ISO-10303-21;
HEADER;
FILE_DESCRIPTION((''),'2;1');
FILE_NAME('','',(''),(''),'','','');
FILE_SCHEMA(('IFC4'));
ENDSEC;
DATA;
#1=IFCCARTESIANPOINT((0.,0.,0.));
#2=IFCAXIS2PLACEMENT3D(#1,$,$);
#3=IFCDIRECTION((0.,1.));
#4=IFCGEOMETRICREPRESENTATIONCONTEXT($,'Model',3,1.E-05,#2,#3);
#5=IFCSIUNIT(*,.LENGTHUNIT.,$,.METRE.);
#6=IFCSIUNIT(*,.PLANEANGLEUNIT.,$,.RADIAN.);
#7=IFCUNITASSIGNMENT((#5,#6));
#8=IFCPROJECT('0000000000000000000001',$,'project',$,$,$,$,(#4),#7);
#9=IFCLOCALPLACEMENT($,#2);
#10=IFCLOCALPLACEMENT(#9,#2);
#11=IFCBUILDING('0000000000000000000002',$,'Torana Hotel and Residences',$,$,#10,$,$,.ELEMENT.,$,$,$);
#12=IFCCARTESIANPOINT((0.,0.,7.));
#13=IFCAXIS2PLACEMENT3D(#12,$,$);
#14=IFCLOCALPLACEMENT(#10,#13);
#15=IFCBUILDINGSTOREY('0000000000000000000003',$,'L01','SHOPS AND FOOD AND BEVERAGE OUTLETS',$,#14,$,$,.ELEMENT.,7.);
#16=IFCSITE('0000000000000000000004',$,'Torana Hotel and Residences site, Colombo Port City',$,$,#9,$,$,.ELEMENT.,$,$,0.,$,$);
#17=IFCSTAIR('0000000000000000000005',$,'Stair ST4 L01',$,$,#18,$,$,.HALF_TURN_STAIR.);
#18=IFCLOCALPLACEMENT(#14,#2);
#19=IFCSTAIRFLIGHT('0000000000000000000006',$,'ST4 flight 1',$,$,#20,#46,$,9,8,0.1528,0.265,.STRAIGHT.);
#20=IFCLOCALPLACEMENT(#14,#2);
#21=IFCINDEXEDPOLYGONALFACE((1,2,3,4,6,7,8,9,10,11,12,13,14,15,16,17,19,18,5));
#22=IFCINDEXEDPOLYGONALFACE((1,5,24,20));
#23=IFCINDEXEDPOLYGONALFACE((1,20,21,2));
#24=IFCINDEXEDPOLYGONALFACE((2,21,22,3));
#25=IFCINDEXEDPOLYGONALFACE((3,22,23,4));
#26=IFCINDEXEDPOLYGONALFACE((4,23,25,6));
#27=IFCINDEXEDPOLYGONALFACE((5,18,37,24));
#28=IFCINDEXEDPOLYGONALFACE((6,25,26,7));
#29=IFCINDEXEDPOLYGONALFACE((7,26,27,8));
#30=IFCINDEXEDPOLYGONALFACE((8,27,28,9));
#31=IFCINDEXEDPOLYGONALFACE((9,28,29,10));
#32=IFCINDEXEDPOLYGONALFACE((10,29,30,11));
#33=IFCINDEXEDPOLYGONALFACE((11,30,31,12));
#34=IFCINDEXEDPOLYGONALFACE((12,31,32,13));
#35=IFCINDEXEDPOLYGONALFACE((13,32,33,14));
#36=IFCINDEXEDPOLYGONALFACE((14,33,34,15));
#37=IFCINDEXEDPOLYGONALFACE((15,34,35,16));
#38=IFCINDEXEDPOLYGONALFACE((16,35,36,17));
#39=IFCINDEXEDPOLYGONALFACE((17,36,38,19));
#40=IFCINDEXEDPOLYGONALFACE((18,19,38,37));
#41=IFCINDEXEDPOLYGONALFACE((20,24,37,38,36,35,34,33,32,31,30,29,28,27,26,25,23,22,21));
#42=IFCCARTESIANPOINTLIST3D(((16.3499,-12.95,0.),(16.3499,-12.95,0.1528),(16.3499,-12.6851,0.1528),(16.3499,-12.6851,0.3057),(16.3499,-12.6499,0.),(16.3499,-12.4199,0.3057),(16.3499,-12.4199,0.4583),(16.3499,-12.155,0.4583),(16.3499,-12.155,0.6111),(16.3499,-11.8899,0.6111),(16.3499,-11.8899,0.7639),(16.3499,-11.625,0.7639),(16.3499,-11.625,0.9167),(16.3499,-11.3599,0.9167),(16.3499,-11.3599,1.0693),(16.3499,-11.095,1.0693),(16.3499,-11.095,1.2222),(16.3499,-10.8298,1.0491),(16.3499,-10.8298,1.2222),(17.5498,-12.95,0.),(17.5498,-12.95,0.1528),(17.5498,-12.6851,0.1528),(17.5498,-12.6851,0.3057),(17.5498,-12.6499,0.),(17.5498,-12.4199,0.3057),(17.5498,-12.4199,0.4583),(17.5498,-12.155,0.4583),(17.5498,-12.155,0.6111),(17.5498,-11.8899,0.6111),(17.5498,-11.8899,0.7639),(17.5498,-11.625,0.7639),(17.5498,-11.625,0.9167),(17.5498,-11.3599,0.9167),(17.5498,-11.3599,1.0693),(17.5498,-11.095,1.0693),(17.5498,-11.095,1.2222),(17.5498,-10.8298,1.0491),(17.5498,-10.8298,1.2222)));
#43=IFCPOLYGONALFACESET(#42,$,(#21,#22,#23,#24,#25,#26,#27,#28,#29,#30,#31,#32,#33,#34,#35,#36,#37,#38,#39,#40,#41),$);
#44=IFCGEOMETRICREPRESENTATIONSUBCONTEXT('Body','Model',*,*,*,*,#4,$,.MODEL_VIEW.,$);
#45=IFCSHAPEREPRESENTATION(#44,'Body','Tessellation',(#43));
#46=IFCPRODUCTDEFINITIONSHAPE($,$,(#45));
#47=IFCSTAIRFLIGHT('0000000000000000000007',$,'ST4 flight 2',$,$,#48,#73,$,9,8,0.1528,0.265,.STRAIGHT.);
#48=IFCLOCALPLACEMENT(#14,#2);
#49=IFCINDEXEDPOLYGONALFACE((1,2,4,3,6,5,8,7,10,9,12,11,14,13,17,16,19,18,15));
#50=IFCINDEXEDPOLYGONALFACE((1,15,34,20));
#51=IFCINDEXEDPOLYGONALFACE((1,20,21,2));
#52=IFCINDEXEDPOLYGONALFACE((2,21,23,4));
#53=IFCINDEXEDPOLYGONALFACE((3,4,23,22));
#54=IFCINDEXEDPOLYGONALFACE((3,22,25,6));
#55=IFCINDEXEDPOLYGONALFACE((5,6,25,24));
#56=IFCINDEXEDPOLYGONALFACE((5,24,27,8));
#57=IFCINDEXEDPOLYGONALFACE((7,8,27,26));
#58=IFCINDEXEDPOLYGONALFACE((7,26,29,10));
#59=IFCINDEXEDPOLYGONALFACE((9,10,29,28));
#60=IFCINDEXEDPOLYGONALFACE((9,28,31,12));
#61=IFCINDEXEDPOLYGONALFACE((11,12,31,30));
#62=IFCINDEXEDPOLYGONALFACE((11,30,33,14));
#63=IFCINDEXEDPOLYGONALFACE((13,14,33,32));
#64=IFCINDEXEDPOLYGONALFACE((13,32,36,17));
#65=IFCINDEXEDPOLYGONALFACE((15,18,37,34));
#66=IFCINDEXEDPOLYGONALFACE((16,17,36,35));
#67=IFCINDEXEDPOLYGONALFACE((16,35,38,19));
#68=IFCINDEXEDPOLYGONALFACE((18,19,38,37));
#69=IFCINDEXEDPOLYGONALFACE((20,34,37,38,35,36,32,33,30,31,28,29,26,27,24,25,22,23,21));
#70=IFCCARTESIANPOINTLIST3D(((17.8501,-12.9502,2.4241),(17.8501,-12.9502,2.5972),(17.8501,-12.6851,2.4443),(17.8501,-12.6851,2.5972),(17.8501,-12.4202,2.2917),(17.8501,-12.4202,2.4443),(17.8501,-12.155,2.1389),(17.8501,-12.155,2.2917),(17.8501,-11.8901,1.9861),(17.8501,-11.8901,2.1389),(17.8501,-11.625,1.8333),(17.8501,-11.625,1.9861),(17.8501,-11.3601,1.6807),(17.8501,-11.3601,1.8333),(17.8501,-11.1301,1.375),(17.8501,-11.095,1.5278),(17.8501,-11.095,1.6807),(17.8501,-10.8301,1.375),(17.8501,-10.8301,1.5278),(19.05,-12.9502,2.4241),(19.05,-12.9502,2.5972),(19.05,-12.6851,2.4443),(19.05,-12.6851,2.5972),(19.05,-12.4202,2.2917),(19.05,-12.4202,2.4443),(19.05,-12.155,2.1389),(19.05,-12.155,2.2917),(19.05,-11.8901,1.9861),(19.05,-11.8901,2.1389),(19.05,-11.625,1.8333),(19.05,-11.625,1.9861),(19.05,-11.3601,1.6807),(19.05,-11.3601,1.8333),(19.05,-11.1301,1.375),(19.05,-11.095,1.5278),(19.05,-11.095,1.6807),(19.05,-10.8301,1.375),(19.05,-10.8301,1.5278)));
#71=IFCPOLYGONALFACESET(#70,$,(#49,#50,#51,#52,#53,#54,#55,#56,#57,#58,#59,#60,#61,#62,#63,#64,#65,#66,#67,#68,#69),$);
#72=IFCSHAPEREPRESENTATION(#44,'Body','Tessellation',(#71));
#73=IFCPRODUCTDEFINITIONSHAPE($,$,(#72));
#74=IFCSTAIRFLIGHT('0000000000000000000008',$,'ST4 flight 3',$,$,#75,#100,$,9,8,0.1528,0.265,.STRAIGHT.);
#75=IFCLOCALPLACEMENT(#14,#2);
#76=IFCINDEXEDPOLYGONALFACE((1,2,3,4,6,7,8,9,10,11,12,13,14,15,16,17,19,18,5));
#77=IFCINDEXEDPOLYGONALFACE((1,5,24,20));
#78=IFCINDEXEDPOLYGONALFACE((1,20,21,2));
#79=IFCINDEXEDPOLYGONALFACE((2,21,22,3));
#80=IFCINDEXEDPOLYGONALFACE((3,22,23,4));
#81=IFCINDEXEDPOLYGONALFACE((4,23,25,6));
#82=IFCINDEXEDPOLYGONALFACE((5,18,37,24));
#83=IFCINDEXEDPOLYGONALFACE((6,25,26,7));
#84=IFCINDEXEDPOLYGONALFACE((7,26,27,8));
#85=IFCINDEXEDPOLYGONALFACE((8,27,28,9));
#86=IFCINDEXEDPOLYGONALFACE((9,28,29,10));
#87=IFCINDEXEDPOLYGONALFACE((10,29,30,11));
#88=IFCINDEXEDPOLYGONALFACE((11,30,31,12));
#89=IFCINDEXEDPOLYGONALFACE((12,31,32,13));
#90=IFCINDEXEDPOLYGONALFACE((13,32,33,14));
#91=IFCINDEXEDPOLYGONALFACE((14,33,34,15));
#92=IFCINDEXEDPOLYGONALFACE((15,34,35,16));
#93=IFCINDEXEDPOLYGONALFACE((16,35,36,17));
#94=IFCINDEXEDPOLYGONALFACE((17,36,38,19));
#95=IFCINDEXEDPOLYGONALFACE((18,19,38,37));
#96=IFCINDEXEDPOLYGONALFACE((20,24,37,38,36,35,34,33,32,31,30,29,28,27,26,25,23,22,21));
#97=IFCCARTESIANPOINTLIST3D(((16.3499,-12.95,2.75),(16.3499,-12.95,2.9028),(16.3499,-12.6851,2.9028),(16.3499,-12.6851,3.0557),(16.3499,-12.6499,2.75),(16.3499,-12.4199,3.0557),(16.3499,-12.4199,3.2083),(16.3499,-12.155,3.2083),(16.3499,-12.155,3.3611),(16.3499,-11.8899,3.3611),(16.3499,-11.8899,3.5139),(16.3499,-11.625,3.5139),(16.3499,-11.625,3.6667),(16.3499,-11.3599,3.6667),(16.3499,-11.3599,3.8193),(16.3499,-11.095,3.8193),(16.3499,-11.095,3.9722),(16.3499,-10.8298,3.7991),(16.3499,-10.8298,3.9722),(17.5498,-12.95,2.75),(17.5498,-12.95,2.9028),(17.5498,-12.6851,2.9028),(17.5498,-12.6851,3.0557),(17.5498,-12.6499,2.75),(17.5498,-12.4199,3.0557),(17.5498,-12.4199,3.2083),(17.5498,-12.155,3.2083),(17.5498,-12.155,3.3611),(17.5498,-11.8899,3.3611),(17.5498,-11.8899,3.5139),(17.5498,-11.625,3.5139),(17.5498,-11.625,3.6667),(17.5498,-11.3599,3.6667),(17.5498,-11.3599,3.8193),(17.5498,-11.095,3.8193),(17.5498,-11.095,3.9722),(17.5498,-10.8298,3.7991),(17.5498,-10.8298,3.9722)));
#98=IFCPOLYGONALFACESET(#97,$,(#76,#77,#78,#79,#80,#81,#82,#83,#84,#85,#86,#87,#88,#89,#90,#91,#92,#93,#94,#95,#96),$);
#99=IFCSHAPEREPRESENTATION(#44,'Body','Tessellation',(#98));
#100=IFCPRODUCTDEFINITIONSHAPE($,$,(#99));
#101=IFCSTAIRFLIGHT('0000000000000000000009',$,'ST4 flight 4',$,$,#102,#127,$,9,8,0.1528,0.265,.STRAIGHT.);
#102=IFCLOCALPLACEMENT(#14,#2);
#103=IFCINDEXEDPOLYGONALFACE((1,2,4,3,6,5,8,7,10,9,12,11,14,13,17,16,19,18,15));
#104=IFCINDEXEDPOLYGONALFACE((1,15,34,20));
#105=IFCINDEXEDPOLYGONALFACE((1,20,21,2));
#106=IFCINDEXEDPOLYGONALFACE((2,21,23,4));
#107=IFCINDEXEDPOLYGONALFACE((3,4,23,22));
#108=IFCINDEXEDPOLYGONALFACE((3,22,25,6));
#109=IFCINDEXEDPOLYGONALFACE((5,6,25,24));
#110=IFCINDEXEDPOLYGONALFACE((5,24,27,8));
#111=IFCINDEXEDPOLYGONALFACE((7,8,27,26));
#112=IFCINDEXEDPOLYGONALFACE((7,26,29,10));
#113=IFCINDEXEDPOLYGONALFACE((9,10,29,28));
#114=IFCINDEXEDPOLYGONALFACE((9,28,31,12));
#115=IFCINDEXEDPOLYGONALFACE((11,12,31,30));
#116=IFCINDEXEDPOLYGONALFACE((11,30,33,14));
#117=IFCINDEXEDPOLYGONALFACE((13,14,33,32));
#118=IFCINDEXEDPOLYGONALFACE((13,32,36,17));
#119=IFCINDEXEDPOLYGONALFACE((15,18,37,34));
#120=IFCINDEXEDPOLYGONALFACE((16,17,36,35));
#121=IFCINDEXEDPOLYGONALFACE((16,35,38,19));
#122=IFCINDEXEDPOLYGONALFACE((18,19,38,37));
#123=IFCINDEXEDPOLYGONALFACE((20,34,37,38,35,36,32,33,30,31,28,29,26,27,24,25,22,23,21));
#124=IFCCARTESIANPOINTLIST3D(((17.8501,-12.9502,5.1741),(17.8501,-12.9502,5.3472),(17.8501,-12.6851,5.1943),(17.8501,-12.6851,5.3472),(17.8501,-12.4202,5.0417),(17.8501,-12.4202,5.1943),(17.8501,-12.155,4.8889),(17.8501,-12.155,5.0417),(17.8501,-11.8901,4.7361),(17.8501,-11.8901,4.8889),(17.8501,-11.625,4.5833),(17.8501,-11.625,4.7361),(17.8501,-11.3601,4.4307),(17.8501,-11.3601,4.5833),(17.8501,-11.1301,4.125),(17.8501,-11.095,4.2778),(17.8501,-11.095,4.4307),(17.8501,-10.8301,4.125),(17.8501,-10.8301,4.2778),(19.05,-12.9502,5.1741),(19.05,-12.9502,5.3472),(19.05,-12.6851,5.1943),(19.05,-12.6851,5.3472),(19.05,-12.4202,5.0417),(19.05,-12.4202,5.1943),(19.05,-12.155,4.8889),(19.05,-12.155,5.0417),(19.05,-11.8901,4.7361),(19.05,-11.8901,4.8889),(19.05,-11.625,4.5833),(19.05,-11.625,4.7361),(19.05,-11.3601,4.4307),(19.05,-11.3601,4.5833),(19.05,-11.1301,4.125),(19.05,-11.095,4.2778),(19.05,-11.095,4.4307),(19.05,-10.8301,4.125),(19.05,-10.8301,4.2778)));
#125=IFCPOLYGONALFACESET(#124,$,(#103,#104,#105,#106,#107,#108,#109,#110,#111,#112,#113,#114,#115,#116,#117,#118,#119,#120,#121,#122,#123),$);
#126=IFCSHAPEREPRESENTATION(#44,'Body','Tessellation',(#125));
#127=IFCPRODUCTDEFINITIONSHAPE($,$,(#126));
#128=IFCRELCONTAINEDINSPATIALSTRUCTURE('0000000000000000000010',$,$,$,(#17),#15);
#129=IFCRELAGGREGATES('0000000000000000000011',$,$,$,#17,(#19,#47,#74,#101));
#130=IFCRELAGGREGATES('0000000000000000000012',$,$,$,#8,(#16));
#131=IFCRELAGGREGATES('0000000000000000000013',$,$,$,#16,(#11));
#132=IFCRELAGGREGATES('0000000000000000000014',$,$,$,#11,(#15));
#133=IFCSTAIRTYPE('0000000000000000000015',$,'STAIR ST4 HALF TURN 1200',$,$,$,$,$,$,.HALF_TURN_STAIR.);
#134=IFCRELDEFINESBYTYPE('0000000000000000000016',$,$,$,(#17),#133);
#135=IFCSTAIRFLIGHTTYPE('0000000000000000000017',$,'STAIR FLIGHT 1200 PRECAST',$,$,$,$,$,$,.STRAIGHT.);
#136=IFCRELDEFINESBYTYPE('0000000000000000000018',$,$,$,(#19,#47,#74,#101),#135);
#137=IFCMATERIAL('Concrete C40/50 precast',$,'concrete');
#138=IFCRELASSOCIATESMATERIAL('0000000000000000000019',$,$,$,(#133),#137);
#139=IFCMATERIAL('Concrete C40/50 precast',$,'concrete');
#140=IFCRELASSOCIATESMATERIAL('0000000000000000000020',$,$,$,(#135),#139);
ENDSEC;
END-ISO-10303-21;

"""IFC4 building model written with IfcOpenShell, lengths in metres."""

from ifc_helpers import new_model, si_unit, direction, frame, origin, place, context, subcontext, project, spatial, polyline, outline, extrude, material, type_object, element, aggregate, save


model = new_model("IFC4")

# Units and contexts
model_context = context("Model", 3, precision=1e-05, world=origin(), true_north=direction((0.0, 1.0)))
body_context = subcontext(model_context, "Body", "Model", "MODEL_VIEW")
ifc_project = project(units=[si_unit("LENGTHUNIT", "METRE"), si_unit("PLANEANGLEUNIT", "RADIAN")], contexts=[model_context])

# Site, building, storey
site_placement = place(None, origin())
site = spatial("IfcSite", under=ifc_project, at=site_placement, Name="Torana Hotel and Residences site, Colombo Port City", CompositionType="ELEMENT", RefElevation=0.0)
building_placement = place(site_placement, origin())
building = spatial("IfcBuilding", under=site, at=building_placement, Name="Torana Hotel and Residences", CompositionType="ELEMENT")
storey_placement = place(building_placement, frame((0.0, 0.0, 7.0)))
storey = spatial("IfcBuildingStorey", under=building, at=storey_placement, Name="L01", Description="SHOPS AND FOOD AND BEVERAGE OUTLETS", CompositionType="ELEMENT", Elevation=7.0)

# Stair, stair flights
ifc_material_1 = material(Name="Concrete C40/50 precast", Category="concrete")
stair_type = type_object("IfcStairType", Name="STAIR ST4 HALF TURN 1200", PredefinedType="HALF_TURN_STAIR", material=ifc_material_1)
stair_placement = place(storey_placement, origin())
stair = element("IfcStair", 1, at=stair_placement, inside=storey, type_object=stair_type, Name="Stair ST4 L01", PredefinedType="HALF_TURN_STAIR")
ifc_material_2 = material(Name="Concrete C40/50 precast", Category="concrete")
stair_flight_type = type_object("IfcStairFlightType", Name="STAIR FLIGHT 1200 PRECAST", PredefinedType="STRAIGHT", material=ifc_material_2)
stair_flight_1_placement = place(storey_placement, frame((16.95, -12.95, 0.0), z_axis=(0.0, 0.0, 1.0), x_axis=(0.0, 1.0, 0.0)))
stair_flight_1 = element("IfcStairFlight", 2, at=stair_flight_1_placement, type_object=stair_flight_type, Name="ST4 flight 1", NumberOfRisers=9, NumberOfTreads=8, PredefinedType="STRAIGHT", RiserHeight=0.1528, TreadLength=0.265, context=body_context, shape_type="SweptSolid", body=[
    extrude(outline(polyline([(0.0, 0.0), (0.0, 0.1528), (0.2649, 0.1528), (0.2649, 0.3057), (0.53, 0.3057), (0.53, 0.4583), (0.7949, 0.4583), (0.7949, 0.6111), (1.0601, 0.6111), (1.0601, 0.7639), (1.325, 0.7639), (1.325, 0.9167), (1.5901, 0.9167), (1.5901, 1.0693), (1.855, 1.0693), (1.855, 1.2222), (2.1201, 1.2222), (2.1201, 1.375), (2.1201, 1.0491), (0.3, 0.0), (0.0, 0.0)])), frame((0.0, 0.6001, 0.0), z_axis=(0.0, -1.0, 0.0), x_axis=(1.0, 0.0, 0.0)), (0.0, 0.0, 1.0), 1.2),
])
stair_flight_2_placement = place(storey_placement, frame((18.45, -10.8301, 1.375), z_axis=(0.0, 0.0, 1.0), x_axis=(0.0, -1.0, 0.0)))
stair_flight_2 = element("IfcStairFlight", 3, at=stair_flight_2_placement, type_object=stair_flight_type, Name="ST4 flight 2", NumberOfRisers=9, NumberOfTreads=8, PredefinedType="STRAIGHT", RiserHeight=0.1528, TreadLength=0.265, context=body_context, shape_type="SweptSolid", body=[
    extrude(outline(polyline([(0.0, 0.0), (0.0, 0.1528), (0.2649, 0.1528), (0.2649, 0.3057), (0.53, 0.3057), (0.53, 0.4583), (0.7949, 0.4583), (0.7949, 0.6111), (1.0601, 0.6111), (1.0601, 0.7639), (1.325, 0.7639), (1.325, 0.9167), (1.5901, 0.9167), (1.5901, 1.0693), (1.855, 1.0693), (1.855, 1.2222), (2.1201, 1.2222), (2.1201, 1.375), (2.1201, 1.0491), (0.3, 0.0), (0.0, 0.0)])), frame((0.0, 0.6001, 0.0), z_axis=(0.0, -1.0, 0.0), x_axis=(1.0, 0.0, 0.0)), (0.0, 0.0, 1.0), 1.2),
])
stair_flight_3_placement = place(storey_placement, frame((16.95, -12.95, 2.75), z_axis=(0.0, 0.0, 1.0), x_axis=(0.0, 1.0, 0.0)))
stair_flight_3 = element("IfcStairFlight", 4, at=stair_flight_3_placement, type_object=stair_flight_type, Name="ST4 flight 3", NumberOfRisers=9, NumberOfTreads=8, PredefinedType="STRAIGHT", RiserHeight=0.1528, TreadLength=0.265, context=body_context, shape_type="SweptSolid", body=[
    extrude(outline(polyline([(0.0, 0.0), (0.0, 0.1528), (0.2649, 0.1528), (0.2649, 0.3057), (0.53, 0.3057), (0.53, 0.4583), (0.7949, 0.4583), (0.7949, 0.6111), (1.0601, 0.6111), (1.0601, 0.7639), (1.325, 0.7639), (1.325, 0.9167), (1.5901, 0.9167), (1.5901, 1.0693), (1.855, 1.0693), (1.855, 1.2222), (2.1201, 1.2222), (2.1201, 1.375), (2.1201, 1.0491), (0.3, 0.0), (0.0, 0.0)])), frame((0.0, 0.6001, 0.0), z_axis=(0.0, -1.0, 0.0), x_axis=(1.0, 0.0, 0.0)), (0.0, 0.0, 1.0), 1.2),
])
stair_flight_4_placement = place(storey_placement, frame((18.45, -10.8301, 4.125), z_axis=(0.0, 0.0, 1.0), x_axis=(0.0, -1.0, 0.0)))
stair_flight_4 = element("IfcStairFlight", 5, at=stair_flight_4_placement, type_object=stair_flight_type, Name="ST4 flight 4", NumberOfRisers=9, NumberOfTreads=8, PredefinedType="STRAIGHT", RiserHeight=0.1528, TreadLength=0.265, context=body_context, shape_type="SweptSolid", body=[
    extrude(outline(polyline([(0.0, 0.0), (0.0, 0.1528), (0.2649, 0.1528), (0.2649, 0.3057), (0.53, 0.3057), (0.53, 0.4583), (0.7949, 0.4583), (0.7949, 0.6111), (1.0601, 0.6111), (1.0601, 0.7639), (1.325, 0.7639), (1.325, 0.9167), (1.5901, 0.9167), (1.5901, 1.0693), (1.855, 1.0693), (1.855, 1.2222), (2.1201, 1.2222), (2.1201, 1.375), (2.1201, 1.0491), (0.3, 0.0), (0.0, 0.0)])), frame((0.0, 0.6001, 0.0), z_axis=(0.0, -1.0, 0.0), x_axis=(1.0, 0.0, 0.0)), (0.0, 0.0, 1.0), 1.2),
])
aggregate(stair, [stair_flight_1, stair_flight_2, stair_flight_3, stair_flight_4])

save(model, "model.ifc")
